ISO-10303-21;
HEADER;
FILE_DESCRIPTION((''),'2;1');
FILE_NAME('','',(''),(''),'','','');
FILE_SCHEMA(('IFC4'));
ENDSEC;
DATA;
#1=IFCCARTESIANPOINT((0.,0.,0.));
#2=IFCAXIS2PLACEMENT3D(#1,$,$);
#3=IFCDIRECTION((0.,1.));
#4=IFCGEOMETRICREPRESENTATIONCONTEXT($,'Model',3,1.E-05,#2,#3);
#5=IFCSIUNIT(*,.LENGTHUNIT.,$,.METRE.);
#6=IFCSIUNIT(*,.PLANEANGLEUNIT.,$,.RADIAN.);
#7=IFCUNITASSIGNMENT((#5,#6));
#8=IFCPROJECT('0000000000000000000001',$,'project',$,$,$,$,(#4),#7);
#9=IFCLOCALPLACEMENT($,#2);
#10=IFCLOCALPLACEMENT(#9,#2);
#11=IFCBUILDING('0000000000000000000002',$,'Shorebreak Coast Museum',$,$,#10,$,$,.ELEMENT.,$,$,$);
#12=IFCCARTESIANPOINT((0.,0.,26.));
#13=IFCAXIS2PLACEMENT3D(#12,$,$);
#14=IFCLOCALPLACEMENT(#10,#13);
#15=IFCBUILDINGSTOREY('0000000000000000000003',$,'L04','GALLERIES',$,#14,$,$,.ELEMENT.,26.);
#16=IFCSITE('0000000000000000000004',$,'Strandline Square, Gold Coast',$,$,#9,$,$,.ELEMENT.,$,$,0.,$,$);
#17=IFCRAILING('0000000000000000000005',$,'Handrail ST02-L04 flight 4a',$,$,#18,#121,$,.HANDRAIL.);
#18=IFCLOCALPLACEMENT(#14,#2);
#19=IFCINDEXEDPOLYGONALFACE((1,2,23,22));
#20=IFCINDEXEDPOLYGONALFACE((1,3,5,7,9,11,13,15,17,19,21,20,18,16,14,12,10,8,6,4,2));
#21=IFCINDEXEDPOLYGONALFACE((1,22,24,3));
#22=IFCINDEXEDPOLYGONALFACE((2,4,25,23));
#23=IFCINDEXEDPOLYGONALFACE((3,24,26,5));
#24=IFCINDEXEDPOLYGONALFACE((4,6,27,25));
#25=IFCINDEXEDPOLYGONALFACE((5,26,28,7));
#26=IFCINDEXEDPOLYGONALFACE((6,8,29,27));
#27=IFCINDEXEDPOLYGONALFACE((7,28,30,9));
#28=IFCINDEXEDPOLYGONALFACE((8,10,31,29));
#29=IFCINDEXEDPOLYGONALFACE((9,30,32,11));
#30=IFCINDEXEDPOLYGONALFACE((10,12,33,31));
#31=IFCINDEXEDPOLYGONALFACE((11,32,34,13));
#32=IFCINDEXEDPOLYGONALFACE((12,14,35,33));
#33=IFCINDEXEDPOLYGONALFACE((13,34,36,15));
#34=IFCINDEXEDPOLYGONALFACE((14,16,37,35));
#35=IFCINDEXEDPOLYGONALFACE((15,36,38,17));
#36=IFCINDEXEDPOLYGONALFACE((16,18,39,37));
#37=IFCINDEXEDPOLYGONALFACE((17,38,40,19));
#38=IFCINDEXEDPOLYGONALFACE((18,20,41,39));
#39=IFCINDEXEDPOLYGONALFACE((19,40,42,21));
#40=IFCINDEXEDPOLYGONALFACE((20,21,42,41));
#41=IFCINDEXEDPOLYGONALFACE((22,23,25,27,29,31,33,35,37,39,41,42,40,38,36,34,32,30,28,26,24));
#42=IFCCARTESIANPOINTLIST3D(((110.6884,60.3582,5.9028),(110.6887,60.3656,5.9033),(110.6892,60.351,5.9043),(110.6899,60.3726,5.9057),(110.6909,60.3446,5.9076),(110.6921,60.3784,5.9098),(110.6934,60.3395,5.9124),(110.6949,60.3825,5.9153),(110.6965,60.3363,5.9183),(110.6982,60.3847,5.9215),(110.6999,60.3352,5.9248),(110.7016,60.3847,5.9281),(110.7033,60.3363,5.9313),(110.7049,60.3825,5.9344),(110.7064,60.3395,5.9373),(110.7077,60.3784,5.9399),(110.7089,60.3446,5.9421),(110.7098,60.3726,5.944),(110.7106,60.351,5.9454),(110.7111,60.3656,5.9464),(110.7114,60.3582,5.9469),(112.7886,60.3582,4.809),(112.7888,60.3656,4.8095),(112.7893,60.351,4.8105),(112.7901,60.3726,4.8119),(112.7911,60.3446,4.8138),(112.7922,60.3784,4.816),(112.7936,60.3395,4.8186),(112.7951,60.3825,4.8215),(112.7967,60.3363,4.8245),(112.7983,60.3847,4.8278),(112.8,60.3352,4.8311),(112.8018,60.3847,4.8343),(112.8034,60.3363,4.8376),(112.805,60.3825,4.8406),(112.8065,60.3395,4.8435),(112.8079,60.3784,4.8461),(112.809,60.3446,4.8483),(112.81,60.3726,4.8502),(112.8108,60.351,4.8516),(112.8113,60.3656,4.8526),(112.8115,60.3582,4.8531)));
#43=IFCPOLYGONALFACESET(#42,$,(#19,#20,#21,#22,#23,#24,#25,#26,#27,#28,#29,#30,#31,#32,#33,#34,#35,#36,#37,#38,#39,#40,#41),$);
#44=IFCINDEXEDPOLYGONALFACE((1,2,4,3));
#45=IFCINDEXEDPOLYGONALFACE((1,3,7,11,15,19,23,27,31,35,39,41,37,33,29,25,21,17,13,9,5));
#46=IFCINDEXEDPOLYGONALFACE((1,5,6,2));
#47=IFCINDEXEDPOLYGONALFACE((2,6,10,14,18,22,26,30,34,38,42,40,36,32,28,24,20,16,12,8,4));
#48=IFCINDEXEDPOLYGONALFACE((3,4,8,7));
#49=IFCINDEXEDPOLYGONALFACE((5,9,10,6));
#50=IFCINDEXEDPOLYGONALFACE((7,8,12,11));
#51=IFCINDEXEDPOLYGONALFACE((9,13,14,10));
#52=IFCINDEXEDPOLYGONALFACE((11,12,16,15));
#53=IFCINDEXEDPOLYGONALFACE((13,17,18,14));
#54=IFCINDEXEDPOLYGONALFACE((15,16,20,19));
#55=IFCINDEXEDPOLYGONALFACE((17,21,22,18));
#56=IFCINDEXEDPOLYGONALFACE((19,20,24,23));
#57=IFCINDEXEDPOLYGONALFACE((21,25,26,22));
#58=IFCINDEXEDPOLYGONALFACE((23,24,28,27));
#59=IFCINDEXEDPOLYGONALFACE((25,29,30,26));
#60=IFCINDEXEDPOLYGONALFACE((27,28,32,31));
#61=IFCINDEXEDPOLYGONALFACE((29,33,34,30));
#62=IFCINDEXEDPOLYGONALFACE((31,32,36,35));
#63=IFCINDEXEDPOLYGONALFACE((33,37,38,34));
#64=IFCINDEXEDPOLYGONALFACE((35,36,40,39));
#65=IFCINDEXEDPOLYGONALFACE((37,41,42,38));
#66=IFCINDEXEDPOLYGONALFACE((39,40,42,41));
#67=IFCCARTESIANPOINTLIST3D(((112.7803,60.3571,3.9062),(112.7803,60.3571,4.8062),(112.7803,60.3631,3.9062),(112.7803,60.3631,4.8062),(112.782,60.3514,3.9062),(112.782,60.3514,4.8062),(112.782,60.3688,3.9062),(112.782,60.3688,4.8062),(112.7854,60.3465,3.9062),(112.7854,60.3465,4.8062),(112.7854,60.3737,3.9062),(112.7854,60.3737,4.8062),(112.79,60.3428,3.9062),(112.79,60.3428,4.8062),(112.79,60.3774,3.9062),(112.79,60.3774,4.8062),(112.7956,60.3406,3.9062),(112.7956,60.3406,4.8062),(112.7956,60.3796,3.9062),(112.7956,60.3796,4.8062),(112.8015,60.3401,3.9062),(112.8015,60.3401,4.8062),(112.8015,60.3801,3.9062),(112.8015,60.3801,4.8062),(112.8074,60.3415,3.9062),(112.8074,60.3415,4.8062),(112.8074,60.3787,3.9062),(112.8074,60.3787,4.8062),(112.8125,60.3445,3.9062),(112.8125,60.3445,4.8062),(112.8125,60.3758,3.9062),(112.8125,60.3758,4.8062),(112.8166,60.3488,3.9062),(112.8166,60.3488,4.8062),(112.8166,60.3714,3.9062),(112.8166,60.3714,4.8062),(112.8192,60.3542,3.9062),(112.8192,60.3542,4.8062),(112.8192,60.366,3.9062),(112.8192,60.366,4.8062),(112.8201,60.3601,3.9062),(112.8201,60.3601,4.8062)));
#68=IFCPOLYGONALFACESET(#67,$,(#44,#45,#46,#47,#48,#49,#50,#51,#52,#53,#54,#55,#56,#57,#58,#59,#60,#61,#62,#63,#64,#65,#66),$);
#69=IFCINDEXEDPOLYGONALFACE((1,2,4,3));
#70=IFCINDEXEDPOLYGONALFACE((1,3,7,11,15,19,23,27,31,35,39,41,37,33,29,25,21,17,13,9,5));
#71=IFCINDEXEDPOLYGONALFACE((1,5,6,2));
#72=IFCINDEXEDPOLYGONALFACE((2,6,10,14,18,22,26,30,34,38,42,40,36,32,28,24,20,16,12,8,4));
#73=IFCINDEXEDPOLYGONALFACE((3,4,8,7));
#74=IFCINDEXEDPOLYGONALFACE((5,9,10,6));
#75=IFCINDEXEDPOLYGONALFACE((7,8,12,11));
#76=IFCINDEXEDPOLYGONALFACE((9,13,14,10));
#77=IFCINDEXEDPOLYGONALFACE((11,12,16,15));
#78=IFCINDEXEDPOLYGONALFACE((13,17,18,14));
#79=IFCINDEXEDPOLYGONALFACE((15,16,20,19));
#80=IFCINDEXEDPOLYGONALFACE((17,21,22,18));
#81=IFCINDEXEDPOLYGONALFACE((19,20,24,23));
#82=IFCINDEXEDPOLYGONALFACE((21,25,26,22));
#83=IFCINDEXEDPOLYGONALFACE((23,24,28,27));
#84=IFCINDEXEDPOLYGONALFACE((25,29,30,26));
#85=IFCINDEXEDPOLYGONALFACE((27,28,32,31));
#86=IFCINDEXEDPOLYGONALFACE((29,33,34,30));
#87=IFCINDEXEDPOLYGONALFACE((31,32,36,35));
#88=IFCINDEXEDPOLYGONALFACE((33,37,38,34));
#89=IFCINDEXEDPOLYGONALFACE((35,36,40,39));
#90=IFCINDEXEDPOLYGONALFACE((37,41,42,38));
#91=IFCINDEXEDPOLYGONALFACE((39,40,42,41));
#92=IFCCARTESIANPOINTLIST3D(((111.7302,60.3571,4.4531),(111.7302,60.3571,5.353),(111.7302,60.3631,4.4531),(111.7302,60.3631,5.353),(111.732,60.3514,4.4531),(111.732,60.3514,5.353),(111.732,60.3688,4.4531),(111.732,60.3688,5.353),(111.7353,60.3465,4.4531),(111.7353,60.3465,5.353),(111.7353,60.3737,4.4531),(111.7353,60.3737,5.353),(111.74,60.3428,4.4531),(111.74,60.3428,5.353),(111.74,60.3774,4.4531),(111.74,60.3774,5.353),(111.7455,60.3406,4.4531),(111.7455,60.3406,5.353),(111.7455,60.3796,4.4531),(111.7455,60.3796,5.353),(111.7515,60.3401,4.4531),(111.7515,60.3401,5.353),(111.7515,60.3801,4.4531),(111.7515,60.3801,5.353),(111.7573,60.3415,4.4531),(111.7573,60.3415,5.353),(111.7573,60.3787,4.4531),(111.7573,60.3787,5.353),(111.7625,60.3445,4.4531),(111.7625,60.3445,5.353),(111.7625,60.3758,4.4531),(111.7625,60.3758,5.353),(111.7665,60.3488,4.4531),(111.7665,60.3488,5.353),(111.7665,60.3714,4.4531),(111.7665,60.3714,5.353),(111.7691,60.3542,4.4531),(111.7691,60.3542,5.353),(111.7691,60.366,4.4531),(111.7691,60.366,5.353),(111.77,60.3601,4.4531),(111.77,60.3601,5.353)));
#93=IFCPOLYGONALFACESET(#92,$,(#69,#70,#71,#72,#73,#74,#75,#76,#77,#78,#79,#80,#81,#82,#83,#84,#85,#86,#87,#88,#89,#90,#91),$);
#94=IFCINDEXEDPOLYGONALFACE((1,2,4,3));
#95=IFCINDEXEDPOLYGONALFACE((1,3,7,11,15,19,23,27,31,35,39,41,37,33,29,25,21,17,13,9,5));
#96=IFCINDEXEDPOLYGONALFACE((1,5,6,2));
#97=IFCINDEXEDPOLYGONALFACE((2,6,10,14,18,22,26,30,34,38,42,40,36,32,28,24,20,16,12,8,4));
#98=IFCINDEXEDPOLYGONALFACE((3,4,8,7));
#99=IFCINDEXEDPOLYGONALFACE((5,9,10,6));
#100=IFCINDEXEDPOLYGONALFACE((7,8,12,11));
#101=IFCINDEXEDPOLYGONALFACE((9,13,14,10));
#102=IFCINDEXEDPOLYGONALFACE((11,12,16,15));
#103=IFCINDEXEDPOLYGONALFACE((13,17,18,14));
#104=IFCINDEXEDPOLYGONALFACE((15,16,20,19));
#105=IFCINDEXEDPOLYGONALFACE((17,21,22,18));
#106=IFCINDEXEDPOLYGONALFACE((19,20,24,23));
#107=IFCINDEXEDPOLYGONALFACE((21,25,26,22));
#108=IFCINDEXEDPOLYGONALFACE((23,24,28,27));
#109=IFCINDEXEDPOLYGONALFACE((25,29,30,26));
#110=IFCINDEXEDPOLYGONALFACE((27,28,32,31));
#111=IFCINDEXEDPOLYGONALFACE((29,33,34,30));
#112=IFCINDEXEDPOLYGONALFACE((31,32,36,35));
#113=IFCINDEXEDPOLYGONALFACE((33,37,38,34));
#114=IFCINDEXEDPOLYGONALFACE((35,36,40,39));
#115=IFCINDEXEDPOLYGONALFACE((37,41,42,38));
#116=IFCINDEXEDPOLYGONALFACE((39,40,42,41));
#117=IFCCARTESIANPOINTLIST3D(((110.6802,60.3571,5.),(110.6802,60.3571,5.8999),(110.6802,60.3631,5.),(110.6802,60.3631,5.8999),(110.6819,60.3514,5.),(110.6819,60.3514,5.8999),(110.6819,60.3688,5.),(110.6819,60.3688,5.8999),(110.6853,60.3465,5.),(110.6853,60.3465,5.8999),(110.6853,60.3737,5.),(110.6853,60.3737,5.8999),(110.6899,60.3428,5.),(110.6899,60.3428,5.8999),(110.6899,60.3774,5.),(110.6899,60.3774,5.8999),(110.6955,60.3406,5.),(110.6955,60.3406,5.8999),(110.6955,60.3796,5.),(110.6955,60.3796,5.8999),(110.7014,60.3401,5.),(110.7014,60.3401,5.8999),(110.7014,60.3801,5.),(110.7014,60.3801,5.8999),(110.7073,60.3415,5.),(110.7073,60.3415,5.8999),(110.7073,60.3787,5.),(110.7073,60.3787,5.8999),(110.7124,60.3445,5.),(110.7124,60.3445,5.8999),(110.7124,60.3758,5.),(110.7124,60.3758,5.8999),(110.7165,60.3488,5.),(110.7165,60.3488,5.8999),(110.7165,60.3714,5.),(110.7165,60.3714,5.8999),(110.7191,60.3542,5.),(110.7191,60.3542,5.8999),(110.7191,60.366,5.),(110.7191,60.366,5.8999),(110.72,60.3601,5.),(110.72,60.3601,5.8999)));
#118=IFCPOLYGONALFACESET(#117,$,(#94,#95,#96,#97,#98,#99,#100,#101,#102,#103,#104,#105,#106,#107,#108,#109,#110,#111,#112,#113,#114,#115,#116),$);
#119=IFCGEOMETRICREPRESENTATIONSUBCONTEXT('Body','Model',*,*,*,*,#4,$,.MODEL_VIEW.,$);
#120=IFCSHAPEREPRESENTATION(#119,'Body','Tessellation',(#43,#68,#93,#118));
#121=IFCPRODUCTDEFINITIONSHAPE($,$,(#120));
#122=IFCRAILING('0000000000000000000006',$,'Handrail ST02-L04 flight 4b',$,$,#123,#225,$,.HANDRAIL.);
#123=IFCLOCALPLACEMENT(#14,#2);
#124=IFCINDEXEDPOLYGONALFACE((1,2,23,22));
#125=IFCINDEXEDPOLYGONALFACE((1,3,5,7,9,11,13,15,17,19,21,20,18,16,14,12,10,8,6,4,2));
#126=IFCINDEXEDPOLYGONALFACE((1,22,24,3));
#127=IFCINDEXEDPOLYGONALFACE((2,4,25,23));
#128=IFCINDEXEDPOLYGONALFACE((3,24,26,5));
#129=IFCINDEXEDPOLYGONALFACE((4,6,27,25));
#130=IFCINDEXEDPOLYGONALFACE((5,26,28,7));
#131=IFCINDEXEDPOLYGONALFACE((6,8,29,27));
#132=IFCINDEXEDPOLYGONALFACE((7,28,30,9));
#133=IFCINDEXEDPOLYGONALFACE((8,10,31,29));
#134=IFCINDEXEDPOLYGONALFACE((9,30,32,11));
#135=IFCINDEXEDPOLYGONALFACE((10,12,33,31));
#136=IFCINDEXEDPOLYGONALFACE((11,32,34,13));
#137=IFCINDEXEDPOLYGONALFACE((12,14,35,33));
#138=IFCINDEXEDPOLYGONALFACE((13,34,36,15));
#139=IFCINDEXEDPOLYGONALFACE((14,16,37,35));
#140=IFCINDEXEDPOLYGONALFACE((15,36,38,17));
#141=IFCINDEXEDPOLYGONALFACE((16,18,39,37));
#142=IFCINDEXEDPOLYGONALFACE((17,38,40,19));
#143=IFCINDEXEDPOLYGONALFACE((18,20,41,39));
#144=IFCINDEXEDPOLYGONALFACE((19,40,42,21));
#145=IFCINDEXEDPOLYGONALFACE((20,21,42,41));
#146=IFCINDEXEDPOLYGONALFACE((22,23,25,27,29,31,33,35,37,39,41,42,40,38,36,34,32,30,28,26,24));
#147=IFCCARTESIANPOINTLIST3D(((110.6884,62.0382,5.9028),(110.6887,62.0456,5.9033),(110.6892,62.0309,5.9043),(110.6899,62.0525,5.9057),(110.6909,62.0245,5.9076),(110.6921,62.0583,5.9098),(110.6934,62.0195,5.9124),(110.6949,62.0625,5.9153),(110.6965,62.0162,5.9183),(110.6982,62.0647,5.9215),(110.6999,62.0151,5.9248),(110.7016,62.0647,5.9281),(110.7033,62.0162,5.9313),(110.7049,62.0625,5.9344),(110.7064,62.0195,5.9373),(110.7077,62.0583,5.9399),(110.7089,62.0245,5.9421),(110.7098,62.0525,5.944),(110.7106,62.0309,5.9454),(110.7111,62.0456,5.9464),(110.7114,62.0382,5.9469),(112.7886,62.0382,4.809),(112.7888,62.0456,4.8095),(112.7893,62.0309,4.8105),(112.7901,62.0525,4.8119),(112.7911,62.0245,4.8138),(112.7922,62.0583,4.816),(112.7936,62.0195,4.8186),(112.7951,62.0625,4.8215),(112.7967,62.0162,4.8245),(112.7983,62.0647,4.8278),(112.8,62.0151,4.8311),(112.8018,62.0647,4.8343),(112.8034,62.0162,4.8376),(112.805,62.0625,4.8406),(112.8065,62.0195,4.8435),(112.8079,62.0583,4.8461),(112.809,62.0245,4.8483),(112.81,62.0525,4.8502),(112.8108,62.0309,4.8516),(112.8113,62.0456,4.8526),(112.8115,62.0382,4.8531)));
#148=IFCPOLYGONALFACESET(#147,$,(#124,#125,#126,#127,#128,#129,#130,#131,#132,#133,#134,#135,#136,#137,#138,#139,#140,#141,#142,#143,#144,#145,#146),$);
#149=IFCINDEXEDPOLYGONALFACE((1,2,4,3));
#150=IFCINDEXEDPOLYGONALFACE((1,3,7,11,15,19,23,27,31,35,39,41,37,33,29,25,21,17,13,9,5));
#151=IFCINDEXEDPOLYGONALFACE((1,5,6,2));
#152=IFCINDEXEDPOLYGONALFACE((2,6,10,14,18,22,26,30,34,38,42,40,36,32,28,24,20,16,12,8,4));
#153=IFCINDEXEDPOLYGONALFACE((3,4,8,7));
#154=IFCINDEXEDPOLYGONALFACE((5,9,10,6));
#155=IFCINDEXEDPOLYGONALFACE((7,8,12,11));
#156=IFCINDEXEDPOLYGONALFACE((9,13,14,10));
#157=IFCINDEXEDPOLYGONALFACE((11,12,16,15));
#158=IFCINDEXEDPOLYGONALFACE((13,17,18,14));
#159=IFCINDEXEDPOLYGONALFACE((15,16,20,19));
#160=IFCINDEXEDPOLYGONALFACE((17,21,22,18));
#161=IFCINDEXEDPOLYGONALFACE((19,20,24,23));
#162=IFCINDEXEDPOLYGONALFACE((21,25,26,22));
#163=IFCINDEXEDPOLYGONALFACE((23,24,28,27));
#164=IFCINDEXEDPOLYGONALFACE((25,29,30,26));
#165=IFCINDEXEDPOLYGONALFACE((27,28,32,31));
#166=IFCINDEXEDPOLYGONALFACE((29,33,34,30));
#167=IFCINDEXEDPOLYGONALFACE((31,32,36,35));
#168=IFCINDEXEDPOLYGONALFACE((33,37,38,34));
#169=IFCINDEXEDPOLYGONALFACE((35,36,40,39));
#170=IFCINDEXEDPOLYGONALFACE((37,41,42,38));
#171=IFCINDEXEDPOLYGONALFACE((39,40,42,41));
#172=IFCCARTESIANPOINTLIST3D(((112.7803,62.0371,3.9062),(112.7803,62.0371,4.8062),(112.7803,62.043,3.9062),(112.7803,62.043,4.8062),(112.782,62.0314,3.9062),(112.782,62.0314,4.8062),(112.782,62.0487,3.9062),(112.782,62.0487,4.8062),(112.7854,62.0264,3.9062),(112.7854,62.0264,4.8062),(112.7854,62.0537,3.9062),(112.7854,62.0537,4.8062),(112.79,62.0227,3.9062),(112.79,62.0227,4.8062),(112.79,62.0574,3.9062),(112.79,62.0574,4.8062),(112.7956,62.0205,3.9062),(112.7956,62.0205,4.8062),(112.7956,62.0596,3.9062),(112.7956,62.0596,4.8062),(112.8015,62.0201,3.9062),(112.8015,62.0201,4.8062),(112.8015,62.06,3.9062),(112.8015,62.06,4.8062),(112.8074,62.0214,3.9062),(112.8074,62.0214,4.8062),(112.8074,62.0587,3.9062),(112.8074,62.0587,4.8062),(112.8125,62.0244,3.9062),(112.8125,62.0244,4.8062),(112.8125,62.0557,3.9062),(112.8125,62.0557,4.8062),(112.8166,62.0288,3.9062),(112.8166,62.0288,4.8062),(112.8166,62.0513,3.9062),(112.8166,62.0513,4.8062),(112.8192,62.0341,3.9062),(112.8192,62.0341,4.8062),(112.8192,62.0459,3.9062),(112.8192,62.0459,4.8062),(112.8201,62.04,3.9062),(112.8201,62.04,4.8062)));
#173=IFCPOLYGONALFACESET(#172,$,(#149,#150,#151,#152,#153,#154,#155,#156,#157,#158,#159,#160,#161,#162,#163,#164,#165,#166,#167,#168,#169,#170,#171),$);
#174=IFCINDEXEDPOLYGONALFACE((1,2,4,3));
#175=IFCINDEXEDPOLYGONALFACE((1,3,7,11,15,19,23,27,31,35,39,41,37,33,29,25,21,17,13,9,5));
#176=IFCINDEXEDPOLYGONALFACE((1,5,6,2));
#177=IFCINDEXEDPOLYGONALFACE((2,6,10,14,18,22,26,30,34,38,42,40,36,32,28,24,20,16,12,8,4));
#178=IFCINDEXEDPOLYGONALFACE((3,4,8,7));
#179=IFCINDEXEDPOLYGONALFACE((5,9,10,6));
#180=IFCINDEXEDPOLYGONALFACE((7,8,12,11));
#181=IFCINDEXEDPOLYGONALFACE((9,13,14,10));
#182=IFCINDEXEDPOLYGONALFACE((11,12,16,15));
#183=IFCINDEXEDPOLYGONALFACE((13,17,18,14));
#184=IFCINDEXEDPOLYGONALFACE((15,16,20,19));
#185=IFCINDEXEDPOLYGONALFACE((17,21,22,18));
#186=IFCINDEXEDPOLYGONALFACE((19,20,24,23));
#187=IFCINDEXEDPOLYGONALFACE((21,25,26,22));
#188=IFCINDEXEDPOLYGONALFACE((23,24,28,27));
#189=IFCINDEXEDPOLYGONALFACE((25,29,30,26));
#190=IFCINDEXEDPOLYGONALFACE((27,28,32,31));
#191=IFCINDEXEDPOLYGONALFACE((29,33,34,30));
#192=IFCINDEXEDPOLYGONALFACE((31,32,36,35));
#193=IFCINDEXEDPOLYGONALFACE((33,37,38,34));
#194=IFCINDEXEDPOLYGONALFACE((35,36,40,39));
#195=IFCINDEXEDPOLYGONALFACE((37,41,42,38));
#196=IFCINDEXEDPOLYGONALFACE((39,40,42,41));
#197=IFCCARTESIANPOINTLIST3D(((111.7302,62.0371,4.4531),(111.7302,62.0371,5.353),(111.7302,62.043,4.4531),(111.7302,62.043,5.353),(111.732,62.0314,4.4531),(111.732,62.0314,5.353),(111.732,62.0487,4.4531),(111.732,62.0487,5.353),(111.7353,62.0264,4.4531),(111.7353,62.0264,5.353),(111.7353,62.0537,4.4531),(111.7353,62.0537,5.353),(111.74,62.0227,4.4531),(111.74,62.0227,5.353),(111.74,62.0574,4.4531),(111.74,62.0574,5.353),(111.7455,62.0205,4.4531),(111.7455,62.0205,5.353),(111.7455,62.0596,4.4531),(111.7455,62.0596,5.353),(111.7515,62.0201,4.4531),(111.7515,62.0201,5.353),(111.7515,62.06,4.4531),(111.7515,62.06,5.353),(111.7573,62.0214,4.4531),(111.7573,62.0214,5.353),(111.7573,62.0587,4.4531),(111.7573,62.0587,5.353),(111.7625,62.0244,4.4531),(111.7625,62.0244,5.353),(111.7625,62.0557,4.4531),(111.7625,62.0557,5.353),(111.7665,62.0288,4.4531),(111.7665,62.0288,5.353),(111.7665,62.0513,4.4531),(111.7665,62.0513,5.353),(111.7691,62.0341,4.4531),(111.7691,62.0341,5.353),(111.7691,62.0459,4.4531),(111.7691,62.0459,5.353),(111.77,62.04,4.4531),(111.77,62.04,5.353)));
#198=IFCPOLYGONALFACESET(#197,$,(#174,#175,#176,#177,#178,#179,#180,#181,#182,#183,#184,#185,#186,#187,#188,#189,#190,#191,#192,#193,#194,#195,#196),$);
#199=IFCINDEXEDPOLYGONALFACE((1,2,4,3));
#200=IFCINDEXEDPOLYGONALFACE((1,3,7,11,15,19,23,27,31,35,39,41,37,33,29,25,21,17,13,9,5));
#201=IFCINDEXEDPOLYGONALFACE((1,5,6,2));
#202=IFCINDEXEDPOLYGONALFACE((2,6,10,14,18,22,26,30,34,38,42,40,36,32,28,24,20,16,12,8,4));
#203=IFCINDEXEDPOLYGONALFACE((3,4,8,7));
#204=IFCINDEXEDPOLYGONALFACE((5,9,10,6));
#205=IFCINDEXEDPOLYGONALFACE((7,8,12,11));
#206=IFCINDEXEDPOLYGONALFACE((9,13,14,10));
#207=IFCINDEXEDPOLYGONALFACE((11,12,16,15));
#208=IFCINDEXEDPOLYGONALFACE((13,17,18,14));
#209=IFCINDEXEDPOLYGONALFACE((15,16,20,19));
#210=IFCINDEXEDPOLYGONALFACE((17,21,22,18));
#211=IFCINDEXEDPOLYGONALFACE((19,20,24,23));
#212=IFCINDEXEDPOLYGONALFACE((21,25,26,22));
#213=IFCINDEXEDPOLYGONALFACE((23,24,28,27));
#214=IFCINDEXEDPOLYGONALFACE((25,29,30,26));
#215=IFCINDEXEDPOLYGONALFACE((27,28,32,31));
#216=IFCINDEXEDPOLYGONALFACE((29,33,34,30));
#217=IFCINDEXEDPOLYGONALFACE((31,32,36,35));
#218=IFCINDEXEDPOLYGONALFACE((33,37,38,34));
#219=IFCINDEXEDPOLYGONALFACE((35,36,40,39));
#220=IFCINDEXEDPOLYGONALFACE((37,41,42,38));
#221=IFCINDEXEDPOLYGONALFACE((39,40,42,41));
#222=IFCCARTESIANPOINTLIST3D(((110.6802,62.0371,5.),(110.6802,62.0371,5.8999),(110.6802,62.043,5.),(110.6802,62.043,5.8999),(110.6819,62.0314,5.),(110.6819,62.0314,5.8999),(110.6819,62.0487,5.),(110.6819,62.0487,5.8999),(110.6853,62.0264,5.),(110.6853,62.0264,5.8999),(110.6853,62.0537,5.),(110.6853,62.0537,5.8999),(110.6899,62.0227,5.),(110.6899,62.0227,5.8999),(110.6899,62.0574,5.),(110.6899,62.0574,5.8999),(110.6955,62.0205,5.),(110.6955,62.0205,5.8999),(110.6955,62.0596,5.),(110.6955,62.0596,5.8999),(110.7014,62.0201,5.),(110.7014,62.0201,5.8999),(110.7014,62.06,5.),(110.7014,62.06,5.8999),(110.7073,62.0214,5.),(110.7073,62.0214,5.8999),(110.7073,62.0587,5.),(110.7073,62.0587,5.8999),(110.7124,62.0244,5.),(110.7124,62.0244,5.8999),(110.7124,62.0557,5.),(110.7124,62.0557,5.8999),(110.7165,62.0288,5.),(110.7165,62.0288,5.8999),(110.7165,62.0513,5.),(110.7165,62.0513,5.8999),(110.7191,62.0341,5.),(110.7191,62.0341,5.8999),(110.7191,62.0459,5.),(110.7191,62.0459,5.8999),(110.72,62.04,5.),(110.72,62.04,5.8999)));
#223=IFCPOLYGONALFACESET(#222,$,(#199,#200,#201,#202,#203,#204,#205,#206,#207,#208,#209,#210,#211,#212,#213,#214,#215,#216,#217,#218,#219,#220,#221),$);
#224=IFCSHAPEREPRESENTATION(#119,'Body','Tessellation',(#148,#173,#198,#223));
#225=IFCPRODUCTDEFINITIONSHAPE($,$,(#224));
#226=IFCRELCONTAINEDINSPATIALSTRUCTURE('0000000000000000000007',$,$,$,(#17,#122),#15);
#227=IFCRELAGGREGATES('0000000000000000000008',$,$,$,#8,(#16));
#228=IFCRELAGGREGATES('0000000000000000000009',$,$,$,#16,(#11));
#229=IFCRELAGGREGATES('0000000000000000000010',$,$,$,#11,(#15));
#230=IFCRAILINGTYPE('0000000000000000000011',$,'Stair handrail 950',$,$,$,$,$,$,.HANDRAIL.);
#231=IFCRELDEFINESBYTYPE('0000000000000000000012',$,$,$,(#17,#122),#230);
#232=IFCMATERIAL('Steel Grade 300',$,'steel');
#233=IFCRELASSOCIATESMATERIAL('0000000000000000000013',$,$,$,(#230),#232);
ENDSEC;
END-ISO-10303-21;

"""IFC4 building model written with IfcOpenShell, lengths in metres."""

from ifc_helpers import new_model, si_unit, direction, frame, origin, origin_2d, place, context, subcontext, project, spatial, circle, extrude, material, type_object, element, save


model = new_model("IFC4")

# Units and contexts
model_context = context("Model", 3, precision=1e-05, world=origin(), true_north=direction((0.0, 1.0)))
body_context = subcontext(model_context, "Body", "Model", "MODEL_VIEW")
ifc_project = project(units=[si_unit("LENGTHUNIT", "METRE"), si_unit("PLANEANGLEUNIT", "RADIAN")], contexts=[model_context])

# Site, building, storey
site_placement = place(None, origin())
site = spatial("IfcSite", under=ifc_project, at=site_placement, Name="Strandline Square, Gold Coast", CompositionType="ELEMENT", RefElevation=0.0)
building_placement = place(site_placement, origin())
building = spatial("IfcBuilding", under=site, at=building_placement, Name="Shorebreak Coast Museum", CompositionType="ELEMENT")
storey_placement = place(building_placement, frame((0.0, 0.0, 26.0)))
storey = spatial("IfcBuildingStorey", under=building, at=storey_placement, Name="L04", Description="GALLERIES", CompositionType="ELEMENT", Elevation=26.0)

# Railings
ifc_material_1 = material(Name="Steel Grade 300", Category="steel")
railing_type_1 = type_object("IfcRailingType", Name="Stair handrail 950", PredefinedType="HANDRAIL", material=ifc_material_1)
for number, where, name in (
    (1, (112.8, 60.3601, 3.9062), "Handrail ST02-L04 flight 4a"),
    (2, (112.8, 62.04, 3.9062), "Handrail ST02-L04 flight 4b"),
):
    element("IfcRailing", number, at=place(storey_placement, frame(where)), inside=storey, type_object=railing_type_1, Name=name, PredefinedType="HANDRAIL", context=body_context, shape_type="SweptSolid", body=[
        extrude(circle(Radius=0.0249, at=origin_2d()), frame((0.0, 0.0, 0.9248), z_axis=(-0.886923, 0.0, 0.461918), x_axis=(0.0, -1.0, 0.0)), (0.0, 0.0, 1.0), 2.3679),
        extrude(circle(Radius=0.02, at=origin_2d()), origin(), (0.0, 0.0, 1.0), 0.8999),
        extrude(circle(Radius=0.02, at=origin_2d()), frame((-1.05, 0.0, 0.5469)), (0.0, 0.0, 1.0), 0.8999),
        extrude(circle(Radius=0.02, at=origin_2d()), frame((-2.1001, 0.0, 1.0938)), (0.0, 0.0, 1.0), 0.8999),
    ])

save(model, "model.ifc")
